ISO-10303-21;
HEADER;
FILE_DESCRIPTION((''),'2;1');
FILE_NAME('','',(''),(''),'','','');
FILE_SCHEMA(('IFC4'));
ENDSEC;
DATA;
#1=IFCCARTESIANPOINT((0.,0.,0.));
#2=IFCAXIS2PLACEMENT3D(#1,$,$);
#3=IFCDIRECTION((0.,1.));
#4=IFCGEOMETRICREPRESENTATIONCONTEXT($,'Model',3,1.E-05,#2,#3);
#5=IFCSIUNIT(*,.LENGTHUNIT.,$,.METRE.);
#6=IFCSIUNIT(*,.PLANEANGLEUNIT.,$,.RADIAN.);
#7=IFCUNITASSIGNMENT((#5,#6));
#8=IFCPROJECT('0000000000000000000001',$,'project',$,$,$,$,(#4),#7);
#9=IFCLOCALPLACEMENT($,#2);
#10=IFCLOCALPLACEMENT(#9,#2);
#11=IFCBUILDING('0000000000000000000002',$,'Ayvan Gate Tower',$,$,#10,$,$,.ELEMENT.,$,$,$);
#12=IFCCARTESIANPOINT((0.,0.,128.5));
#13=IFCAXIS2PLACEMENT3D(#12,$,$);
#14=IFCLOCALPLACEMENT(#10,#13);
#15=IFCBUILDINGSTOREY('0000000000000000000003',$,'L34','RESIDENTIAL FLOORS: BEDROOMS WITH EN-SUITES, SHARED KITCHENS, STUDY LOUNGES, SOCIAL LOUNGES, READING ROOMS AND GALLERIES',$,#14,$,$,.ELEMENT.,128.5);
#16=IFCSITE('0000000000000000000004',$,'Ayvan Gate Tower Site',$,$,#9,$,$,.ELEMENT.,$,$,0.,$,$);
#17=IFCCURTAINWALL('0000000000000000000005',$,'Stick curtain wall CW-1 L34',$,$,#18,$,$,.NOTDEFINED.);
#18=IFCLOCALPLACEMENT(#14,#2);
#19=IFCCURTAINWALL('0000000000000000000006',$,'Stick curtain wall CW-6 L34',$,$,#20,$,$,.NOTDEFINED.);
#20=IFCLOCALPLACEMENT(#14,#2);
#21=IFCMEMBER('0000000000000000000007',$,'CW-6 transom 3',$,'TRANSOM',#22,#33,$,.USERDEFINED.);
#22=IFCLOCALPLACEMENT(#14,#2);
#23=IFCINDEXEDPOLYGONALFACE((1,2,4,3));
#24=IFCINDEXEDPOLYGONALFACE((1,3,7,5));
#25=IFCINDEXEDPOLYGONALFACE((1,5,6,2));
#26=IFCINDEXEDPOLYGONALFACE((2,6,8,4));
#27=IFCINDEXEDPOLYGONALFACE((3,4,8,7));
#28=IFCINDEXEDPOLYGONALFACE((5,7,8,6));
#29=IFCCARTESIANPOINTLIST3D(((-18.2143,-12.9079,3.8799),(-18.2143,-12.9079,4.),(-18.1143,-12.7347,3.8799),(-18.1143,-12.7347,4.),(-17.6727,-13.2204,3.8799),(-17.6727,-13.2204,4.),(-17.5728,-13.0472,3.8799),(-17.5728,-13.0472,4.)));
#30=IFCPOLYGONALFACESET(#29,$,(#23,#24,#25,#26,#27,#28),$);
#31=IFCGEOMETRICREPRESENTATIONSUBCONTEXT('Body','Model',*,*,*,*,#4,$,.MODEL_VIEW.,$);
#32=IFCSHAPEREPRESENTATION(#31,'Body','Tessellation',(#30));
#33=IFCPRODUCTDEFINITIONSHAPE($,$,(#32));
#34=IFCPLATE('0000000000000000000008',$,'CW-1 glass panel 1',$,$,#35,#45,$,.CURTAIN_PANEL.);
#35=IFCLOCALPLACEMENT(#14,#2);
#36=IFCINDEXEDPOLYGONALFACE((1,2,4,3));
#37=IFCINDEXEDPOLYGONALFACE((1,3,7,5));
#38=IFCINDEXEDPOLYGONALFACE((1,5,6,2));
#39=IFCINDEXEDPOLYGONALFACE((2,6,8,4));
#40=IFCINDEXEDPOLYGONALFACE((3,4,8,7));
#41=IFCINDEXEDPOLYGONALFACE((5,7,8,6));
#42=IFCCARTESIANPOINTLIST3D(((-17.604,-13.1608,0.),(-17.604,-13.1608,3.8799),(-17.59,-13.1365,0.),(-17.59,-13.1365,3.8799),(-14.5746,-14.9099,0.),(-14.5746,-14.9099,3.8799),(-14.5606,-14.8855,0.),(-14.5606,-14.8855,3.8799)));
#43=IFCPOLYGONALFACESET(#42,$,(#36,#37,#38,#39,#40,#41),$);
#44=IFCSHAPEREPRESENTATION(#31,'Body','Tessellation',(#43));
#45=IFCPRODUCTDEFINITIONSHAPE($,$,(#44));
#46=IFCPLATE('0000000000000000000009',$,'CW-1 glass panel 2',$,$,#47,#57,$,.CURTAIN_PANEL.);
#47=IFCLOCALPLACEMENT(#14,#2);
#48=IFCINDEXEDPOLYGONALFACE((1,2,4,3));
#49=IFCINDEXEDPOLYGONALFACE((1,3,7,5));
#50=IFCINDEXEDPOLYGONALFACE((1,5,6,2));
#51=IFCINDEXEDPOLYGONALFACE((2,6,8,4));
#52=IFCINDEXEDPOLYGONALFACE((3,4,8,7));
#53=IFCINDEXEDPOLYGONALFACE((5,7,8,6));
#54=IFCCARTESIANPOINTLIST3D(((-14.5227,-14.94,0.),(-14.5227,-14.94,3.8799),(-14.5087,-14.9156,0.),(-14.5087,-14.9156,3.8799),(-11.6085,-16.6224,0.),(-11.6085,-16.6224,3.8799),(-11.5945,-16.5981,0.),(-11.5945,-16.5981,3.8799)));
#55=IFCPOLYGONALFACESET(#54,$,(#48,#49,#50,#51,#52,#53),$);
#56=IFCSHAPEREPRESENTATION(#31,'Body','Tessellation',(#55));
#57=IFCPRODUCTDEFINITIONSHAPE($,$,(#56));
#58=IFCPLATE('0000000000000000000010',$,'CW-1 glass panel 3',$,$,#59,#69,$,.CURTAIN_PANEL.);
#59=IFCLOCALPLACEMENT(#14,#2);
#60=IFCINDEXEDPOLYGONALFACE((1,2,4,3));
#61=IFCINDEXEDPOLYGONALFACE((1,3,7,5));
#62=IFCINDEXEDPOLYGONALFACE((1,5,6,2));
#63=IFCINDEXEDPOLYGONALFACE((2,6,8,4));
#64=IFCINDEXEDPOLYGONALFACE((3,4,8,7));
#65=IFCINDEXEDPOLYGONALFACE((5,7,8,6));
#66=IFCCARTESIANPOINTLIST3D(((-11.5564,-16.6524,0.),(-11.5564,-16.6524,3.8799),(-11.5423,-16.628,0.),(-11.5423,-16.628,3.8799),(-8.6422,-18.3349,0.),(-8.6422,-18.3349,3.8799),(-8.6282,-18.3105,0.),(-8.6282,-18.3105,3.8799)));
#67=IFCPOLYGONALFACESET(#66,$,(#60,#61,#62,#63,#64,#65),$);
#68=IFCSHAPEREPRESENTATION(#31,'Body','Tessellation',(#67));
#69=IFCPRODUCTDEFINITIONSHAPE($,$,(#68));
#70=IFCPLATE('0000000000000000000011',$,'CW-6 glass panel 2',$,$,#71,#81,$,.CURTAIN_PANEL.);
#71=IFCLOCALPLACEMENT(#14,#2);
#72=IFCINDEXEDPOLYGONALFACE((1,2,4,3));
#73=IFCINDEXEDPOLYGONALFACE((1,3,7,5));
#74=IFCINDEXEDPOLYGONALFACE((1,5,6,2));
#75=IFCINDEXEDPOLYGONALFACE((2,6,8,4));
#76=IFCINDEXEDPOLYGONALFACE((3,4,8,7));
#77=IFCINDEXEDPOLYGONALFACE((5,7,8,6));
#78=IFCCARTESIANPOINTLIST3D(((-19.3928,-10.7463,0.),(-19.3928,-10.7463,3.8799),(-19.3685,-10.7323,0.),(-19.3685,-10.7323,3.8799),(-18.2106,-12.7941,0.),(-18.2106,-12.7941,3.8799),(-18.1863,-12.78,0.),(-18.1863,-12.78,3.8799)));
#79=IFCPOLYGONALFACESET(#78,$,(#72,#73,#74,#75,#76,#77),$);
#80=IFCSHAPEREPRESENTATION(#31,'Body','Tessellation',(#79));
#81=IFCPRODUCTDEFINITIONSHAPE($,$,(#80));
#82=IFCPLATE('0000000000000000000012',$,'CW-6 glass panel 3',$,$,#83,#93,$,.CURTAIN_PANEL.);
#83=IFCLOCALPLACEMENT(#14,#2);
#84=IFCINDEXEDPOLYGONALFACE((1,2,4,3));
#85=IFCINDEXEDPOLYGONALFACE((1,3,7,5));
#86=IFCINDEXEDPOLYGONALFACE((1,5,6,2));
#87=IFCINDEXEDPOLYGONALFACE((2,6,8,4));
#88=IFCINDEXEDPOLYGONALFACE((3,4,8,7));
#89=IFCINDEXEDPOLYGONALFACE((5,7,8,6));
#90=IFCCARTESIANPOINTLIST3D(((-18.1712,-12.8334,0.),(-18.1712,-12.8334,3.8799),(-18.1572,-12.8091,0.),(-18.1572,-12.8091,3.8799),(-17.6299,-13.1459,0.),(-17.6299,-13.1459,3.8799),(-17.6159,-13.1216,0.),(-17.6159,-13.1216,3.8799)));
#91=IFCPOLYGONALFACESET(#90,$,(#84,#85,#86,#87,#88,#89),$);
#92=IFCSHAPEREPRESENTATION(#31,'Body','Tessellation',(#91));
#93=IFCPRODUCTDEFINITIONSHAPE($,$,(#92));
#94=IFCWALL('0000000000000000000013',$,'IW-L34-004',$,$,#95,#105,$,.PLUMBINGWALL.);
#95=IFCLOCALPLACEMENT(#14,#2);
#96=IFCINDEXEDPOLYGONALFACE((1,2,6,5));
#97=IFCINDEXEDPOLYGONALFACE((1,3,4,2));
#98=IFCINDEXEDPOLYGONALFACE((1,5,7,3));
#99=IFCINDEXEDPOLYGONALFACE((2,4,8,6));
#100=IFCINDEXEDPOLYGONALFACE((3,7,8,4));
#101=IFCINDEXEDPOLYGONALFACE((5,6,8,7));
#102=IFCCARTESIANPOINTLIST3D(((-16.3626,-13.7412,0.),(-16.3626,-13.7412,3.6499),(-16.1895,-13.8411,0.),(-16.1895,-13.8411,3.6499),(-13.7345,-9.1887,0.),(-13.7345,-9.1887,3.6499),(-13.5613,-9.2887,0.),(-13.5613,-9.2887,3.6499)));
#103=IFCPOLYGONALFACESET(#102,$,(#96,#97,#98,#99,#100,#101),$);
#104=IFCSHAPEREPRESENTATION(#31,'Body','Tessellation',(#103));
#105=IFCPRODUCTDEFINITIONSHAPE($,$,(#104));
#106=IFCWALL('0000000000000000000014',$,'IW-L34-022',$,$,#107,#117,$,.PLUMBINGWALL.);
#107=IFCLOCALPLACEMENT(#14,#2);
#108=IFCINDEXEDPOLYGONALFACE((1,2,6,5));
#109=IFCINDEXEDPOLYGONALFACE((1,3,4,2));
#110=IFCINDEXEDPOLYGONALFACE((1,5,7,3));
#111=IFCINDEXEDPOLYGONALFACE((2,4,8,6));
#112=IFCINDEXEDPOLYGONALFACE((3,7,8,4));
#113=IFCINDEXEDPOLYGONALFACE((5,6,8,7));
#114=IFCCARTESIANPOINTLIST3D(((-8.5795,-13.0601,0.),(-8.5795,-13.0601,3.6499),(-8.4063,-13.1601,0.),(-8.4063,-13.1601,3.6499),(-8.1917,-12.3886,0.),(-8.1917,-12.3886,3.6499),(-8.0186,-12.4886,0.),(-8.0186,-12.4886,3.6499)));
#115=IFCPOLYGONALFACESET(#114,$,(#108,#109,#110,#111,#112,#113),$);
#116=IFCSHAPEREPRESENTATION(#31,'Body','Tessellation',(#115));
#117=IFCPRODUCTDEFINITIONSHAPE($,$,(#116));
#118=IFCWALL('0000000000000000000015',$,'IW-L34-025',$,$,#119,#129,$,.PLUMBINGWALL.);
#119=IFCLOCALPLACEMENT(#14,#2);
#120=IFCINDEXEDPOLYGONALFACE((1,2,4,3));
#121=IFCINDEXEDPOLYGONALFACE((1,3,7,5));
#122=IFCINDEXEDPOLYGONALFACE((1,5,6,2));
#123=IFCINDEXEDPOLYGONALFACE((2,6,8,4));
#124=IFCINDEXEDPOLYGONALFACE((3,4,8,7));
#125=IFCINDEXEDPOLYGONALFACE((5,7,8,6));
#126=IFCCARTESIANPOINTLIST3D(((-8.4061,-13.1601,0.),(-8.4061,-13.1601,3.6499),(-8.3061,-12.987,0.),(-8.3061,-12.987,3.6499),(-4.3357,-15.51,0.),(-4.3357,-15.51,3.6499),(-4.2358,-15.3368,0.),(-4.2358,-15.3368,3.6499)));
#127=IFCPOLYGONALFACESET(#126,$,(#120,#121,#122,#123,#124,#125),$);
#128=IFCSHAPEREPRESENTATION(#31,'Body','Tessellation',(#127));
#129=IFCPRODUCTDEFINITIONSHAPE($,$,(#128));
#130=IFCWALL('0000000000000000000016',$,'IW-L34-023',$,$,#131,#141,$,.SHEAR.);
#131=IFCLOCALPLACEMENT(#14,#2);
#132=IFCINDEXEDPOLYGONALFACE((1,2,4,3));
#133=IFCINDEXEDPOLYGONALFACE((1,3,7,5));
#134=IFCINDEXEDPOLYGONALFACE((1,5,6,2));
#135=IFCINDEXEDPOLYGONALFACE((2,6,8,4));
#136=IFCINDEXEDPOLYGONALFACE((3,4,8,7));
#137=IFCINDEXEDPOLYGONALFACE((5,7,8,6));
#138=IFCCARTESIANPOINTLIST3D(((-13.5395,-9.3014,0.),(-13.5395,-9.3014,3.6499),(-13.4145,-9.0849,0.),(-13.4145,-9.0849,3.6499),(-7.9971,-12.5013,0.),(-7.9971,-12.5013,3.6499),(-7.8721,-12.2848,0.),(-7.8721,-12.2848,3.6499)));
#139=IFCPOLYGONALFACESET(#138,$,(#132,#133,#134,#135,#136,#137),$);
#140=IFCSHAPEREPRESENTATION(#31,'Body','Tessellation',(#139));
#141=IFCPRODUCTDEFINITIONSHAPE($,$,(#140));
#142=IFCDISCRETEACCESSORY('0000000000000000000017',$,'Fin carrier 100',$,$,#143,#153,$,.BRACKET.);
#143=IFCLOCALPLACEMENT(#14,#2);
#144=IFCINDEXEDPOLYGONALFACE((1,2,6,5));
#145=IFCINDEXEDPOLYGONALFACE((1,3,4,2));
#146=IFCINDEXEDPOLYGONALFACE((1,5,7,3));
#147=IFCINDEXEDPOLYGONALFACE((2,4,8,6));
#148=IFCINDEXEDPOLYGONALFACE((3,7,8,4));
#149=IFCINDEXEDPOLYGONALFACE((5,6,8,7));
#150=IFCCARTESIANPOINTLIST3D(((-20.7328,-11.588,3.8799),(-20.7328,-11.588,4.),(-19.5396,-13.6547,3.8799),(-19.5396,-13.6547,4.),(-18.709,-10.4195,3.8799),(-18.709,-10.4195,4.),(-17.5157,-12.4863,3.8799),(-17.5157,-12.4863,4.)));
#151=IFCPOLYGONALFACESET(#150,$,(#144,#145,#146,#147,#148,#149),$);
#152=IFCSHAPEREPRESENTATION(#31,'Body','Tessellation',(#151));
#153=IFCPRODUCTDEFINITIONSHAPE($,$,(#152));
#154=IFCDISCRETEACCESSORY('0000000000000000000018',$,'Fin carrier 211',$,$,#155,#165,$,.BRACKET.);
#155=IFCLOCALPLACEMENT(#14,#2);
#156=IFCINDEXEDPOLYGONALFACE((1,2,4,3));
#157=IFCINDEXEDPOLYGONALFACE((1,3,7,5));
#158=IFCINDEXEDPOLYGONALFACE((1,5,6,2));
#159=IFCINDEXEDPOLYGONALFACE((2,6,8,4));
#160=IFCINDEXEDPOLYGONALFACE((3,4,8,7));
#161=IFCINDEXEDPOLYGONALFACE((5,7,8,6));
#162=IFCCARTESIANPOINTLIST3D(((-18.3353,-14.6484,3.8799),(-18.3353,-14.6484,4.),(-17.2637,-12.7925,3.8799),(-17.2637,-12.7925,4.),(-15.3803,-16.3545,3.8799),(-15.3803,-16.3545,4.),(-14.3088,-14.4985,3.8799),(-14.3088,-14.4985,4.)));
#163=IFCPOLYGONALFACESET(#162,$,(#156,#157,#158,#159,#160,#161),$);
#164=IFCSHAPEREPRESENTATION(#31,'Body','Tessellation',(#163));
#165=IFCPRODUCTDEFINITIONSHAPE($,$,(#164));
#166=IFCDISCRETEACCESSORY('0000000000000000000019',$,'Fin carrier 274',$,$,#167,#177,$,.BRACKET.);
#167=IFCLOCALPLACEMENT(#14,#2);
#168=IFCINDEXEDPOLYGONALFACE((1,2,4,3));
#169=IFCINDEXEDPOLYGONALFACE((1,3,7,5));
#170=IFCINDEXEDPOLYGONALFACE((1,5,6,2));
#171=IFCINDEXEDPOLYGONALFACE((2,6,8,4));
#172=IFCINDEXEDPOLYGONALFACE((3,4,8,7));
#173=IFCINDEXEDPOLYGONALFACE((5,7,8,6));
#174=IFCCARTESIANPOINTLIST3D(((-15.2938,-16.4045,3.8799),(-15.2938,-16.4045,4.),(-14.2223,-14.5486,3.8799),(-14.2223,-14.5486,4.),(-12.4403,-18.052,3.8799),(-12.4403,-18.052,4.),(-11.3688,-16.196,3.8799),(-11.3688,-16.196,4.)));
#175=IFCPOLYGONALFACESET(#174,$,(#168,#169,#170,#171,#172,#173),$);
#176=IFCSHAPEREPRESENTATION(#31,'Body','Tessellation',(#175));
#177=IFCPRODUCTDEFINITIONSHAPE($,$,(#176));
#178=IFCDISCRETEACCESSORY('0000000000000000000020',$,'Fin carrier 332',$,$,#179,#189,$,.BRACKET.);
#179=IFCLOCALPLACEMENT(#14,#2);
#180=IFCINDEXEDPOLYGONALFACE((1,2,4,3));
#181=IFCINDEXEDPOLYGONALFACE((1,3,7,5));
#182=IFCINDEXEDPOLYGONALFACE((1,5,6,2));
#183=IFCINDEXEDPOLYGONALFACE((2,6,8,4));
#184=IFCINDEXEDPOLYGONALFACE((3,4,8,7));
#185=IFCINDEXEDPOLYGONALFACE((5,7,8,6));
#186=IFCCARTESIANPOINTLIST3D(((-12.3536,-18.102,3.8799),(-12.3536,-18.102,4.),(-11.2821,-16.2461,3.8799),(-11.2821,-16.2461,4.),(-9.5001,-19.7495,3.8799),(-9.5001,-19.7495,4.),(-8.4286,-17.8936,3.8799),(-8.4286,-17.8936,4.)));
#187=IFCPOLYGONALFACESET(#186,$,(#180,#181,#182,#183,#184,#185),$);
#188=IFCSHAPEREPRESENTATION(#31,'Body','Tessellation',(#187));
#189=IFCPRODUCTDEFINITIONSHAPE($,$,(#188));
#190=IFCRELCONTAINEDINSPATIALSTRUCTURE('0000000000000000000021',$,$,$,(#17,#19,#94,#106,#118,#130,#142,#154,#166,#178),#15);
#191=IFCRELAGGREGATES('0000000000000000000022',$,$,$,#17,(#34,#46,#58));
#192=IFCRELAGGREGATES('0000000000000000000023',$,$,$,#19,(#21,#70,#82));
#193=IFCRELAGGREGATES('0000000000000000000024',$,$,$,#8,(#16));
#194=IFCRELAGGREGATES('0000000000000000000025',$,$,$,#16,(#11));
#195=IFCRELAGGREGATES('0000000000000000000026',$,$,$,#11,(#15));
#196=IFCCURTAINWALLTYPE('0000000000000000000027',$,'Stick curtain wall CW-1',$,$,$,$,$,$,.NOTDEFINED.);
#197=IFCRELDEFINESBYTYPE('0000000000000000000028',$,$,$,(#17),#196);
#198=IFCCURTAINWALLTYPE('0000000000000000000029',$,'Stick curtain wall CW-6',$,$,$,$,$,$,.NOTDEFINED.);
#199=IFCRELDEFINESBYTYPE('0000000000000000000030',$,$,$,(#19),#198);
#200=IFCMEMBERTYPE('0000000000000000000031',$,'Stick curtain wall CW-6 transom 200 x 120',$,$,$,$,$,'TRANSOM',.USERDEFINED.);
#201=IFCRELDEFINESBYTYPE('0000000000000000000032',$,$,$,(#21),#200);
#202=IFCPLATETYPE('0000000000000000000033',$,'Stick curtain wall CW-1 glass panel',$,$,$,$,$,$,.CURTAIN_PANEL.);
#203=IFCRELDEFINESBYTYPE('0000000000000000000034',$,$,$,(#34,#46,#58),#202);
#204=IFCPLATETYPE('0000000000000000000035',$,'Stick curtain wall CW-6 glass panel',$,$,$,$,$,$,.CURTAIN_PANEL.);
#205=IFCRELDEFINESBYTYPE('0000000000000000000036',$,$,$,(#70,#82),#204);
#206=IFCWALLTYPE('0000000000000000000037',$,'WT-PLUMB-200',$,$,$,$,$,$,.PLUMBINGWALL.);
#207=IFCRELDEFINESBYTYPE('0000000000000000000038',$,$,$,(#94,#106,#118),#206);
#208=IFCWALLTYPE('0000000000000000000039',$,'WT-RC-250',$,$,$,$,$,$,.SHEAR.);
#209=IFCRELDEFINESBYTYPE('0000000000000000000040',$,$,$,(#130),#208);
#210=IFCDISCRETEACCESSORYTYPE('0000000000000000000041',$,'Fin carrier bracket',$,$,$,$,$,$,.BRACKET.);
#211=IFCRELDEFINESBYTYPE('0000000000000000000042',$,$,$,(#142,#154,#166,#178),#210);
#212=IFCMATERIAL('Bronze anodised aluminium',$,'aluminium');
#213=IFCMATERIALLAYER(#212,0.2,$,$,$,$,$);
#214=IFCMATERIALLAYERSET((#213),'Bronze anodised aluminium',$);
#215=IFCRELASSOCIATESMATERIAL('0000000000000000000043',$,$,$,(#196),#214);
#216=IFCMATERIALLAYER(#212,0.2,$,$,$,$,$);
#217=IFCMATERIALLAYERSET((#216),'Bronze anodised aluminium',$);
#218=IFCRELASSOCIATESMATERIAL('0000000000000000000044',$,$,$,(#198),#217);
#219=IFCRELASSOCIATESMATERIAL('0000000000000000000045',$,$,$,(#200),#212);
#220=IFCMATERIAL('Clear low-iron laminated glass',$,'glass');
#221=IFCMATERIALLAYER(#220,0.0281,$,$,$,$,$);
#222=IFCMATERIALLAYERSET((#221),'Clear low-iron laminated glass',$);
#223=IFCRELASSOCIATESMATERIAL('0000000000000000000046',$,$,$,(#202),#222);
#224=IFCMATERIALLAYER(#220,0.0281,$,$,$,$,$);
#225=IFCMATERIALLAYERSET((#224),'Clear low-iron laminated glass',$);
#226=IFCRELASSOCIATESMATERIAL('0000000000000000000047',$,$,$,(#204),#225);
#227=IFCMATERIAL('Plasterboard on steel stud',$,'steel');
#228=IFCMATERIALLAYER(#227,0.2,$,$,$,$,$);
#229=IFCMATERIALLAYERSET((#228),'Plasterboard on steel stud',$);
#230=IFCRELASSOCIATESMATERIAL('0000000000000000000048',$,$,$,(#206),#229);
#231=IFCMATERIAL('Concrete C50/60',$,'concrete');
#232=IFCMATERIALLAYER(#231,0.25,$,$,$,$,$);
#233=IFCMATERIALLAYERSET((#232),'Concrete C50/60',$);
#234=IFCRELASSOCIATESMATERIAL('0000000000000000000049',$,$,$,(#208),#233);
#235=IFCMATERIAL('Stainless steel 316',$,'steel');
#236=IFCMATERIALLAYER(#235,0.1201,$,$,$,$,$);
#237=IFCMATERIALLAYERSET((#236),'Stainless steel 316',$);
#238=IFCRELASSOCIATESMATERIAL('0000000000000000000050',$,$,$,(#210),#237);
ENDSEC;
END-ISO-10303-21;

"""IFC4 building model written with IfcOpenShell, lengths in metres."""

from ifc_helpers import new_model, si_unit, direction, frame, frame_2d, origin, origin_2d, place, context, subcontext, project, spatial, rectangle, extrude, material, layer, layer_set, material_profile, profile_set, type_object, element, aggregate, save


model = new_model("IFC4")

# Units and contexts
model_context = context("Model", 3, precision=1e-05, world=origin(), true_north=direction((0.0, 1.0)))
body_context = subcontext(model_context, "Body", "Model", "MODEL_VIEW")
ifc_project = project(units=[si_unit("LENGTHUNIT", "METRE"), si_unit("PLANEANGLEUNIT", "RADIAN")], contexts=[model_context])

# Site, building, storey
site_placement = place(None, origin())
site = spatial("IfcSite", under=ifc_project, at=site_placement, Name="Ayvan Gate Tower Site", CompositionType="ELEMENT", RefElevation=0.0)
building_placement = place(site_placement, origin())
building = spatial("IfcBuilding", under=site, at=building_placement, Name="Ayvan Gate Tower", CompositionType="ELEMENT")
storey_placement = place(building_placement, frame((0.0, 0.0, 128.5)))
storey = spatial("IfcBuildingStorey", under=building, at=storey_placement, Name="L34", Description="RESIDENTIAL FLOORS: BEDROOMS WITH EN-SUITES, SHARED KITCHENS, STUDY LOUNGES, SOCIAL LOUNGES, READING ROOMS AND GALLERIES", CompositionType="ELEMENT", Elevation=128.5)

# Curtain walls, member
ifc_material_1 = material(Name="Bronze anodised aluminium", Category="aluminium")
ifc_layer_1 = layer(ifc_material_1, 0.2)
ifc_layer_set_1 = layer_set([ifc_layer_1], Name="Bronze anodised aluminium")
curtain_wall_type_1 = type_object("IfcCurtainWallType", Name="Stick curtain wall CW-1", PredefinedType="NOTDEFINED", material=ifc_layer_set_1)
curtain_wall_1_placement = place(storey_placement, origin())
curtain_wall_1 = element("IfcCurtainWall", 1, at=curtain_wall_1_placement, inside=storey, type_object=curtain_wall_type_1, Name="Stick curtain wall CW-1 L34", PredefinedType="NOTDEFINED")
ifc_layer_2 = layer(ifc_material_1, 0.2)
ifc_layer_set_2 = layer_set([ifc_layer_2], Name="Bronze anodised aluminium")
curtain_wall_type_2 = type_object("IfcCurtainWallType", Name="Stick curtain wall CW-6", PredefinedType="NOTDEFINED", material=ifc_layer_set_2)
curtain_wall_2_placement = place(storey_placement, origin())
curtain_wall_2 = element("IfcCurtainWall", 2, at=curtain_wall_2_placement, inside=storey, type_object=curtain_wall_type_2, Name="Stick curtain wall CW-6 L34", PredefinedType="NOTDEFINED")
ifc_material_profile_1 = material_profile(ifc_material_1, rectangle(XDim=0.2, YDim=0.1201, at=origin_2d()), Name="Stick curtain wall CW-6 transom 200 x 120")
ifc_profile_set_1 = profile_set([ifc_material_profile_1], Name="Bronze anodised aluminium")
member_type_1 = type_object("IfcMemberType", Name="Stick curtain wall CW-6 transom 200 x 120", ElementType="TRANSOM", PredefinedType="USERDEFINED", material=ifc_profile_set_1)
member_1_placement = place(storey_placement, frame((-18.1643, -12.8213, 3.9399), z_axis=(0.866121, -0.499835, 0.0), x_axis=(0.499835, 0.866121, 0.0)))
member_1 = element("IfcMember", 3, at=member_1_placement, type_object=member_type_1, Name="CW-6 transom 3", ObjectType="TRANSOM", PredefinedType="USERDEFINED", context=body_context, shape_type="SweptSolid", body=[
    extrude(rectangle(XDim=0.2, YDim=0.1201, at=origin_2d()), origin(), (0.0, 0.0, 1.0), 0.6252),
])

# Plates
ifc_material_2 = material(Name="Clear low-iron laminated glass", Category="glass")
ifc_layer_3 = layer(ifc_material_2, 0.0281)
ifc_layer_set_3 = layer_set([ifc_layer_3], Name="Clear low-iron laminated glass")
plate_type_1 = type_object("IfcPlateType", Name="Stick curtain wall CW-1 glass panel", PredefinedType="CURTAIN_PANEL", material=ifc_layer_set_3)
plate_1_placement = place(storey_placement, frame((-16.0823, -14.0232, 0.0), z_axis=(0.0, 0.0, 1.0), x_axis=(0.866025, -0.5, 0.0)))
plate_1 = element("IfcPlate", 4, at=plate_1_placement, type_object=plate_type_1, Name="CW-1 glass panel 1", PredefinedType="CURTAIN_PANEL", context=body_context, shape_type="SweptSolid", body=[
    extrude(rectangle(XDim=3.498, YDim=0.0281, at=origin_2d()), origin(), (0.0, 0.0, 1.0), 3.8799),
])
plate_2_placement = place(storey_placement, frame((-13.0586, -15.769, 0.0), z_axis=(0.0, 0.0, 1.0), x_axis=(0.866025, -0.5, 0.0)))
plate_2 = element("IfcPlate", 5, at=plate_2_placement, type_object=plate_type_1, Name="CW-1 glass panel 2", PredefinedType="CURTAIN_PANEL", context=body_context, shape_type="SweptSolid", body=[
    extrude(rectangle(XDim=3.365, YDim=0.0281, at=origin_2d()), origin(), (0.0, 0.0, 1.0), 3.8799),
])
plate_3_placement = place(storey_placement, frame((-10.0923, -17.4814, 0.0), z_axis=(0.0, 0.0, 1.0), x_axis=(0.866025, -0.5, 0.0)))
plate_3 = element("IfcPlate", 6, at=plate_3_placement, type_object=plate_type_1, Name="CW-1 glass panel 3", PredefinedType="CURTAIN_PANEL", context=body_context, shape_type="SweptSolid", body=[
    extrude(rectangle(XDim=3.365, YDim=0.0281, at=origin_2d()), origin(), (0.0, 0.0, 1.0), 3.8799),
])
aggregate(curtain_wall_1, [plate_1, plate_2, plate_3])
ifc_layer_4 = layer(ifc_material_2, 0.0281)
ifc_layer_set_4 = layer_set([ifc_layer_4], Name="Clear low-iron laminated glass")
plate_type_2 = type_object("IfcPlateType", Name="Stick curtain wall CW-6 glass panel", PredefinedType="CURTAIN_PANEL", material=ifc_layer_set_4)
plate_4_placement = place(storey_placement, frame((-18.7896, -11.7632, 0.0), z_axis=(0.0, 0.0, 1.0), x_axis=(0.5, -0.866025, 0.0)))
plate_4 = element("IfcPlate", 7, at=plate_4_placement, type_object=plate_type_2, Name="CW-6 glass panel 2", PredefinedType="CURTAIN_PANEL", context=body_context, shape_type="SweptSolid", body=[
    extrude(rectangle(XDim=2.3645, YDim=0.0281, at=origin_2d()), origin(), (0.0, 0.0, 1.0), 3.8799),
])
plate_5_placement = place(storey_placement, frame((-17.8936, -12.9775, 0.0), z_axis=(0.0, 0.0, 1.0), x_axis=(0.866025, -0.5, 0.0)))
plate_5 = element("IfcPlate", 8, at=plate_5_placement, type_object=plate_type_2, Name="CW-6 glass panel 3", PredefinedType="CURTAIN_PANEL", context=body_context, shape_type="SweptSolid", body=[
    extrude(rectangle(XDim=0.625, YDim=0.0281, at=origin_2d()), origin(), (0.0, 0.0, 1.0), 3.8799),
])
aggregate(curtain_wall_2, [member_1, plate_4, plate_5])

# Walls
ifc_material_3 = material(Name="Plasterboard on steel stud", Category="steel")
ifc_layer_5 = layer(ifc_material_3, 0.2)
ifc_layer_set_5 = layer_set([ifc_layer_5], Name="Plasterboard on steel stud")
wall_type_1 = type_object("IfcWallType", Name="WT-PLUMB-200", PredefinedType="PLUMBINGWALL", material=ifc_layer_set_5)
wall_1_placement = place(storey_placement, frame((-16.2761, -13.7913, 0.0), z_axis=(0.0, 0.0, 1.0), x_axis=(0.49997, 0.866043, 0.0)))
element("IfcWall", 9, at=wall_1_placement, inside=storey, type_object=wall_type_1, Name="IW-L34-004", PredefinedType="PLUMBINGWALL", context=body_context, shape_type="SweptSolid", body=[
    extrude(rectangle(XDim=5.2566, YDim=0.2, at=frame_2d((2.6284, 0.0))), origin(), (0.0, 0.0, 1.0), 3.6499),
])
wall_2_placement = place(storey_placement, frame((-8.4929, -13.1101, 0.0), z_axis=(0.0, 0.0, 1.0), x_axis=(0.500068, 0.865986, 0.0)))
element("IfcWall", 10, at=wall_2_placement, inside=storey, type_object=wall_type_1, Name="IW-L34-022", PredefinedType="PLUMBINGWALL", context=body_context, shape_type="SweptSolid", body=[
    extrude(rectangle(XDim=0.7754, YDim=0.2, at=frame_2d((0.3877, 0.0))), origin(), (0.0, 0.0, 1.0), 3.6499),
])
wall_3_placement = place(storey_placement, frame((-8.3562, -13.0735, 0.0), z_axis=(0.0, 0.0, 1.0), x_axis=(0.866039, -0.499977, 0.0)))
element("IfcWall", 11, at=wall_3_placement, inside=storey, type_object=wall_type_1, Name="IW-L34-025", PredefinedType="PLUMBINGWALL", context=body_context, shape_type="SweptSolid", body=[
    extrude(rectangle(XDim=4.7, YDim=0.2, at=frame_2d((2.3501, 0.0))), origin(), (0.0, 0.0, 1.0), 3.6499),
])
ifc_material_4 = material(Name="Concrete C50/60", Category="concrete")
ifc_layer_6 = layer(ifc_material_4, 0.25)
ifc_layer_set_6 = layer_set([ifc_layer_6], Name="Concrete C50/60")
wall_type_2 = type_object("IfcWallType", Name="WT-RC-250", PredefinedType="SHEAR", material=ifc_layer_set_6)
wall_4_placement = place(storey_placement, frame((-7.9346, -12.3931, 0.0), z_axis=(0.0, 0.0, 1.0), x_axis=(-0.866025, 0.5, 0.0)))
element("IfcWall", 12, at=wall_4_placement, inside=storey, type_object=wall_type_2, Name="IW-L34-023", PredefinedType="SHEAR", context=body_context, shape_type="SweptSolid", body=[
    extrude(rectangle(XDim=6.3999, YDim=0.25, at=frame_2d((3.2, 0.0))), origin(), (0.0, 0.0, 1.0), 3.6499),
])

# Discrete accessories
ifc_material_5 = material(Name="Stainless steel 316", Category="steel")
ifc_layer_7 = layer(ifc_material_5, 0.1201)
ifc_layer_set_7 = layer_set([ifc_layer_7], Name="Stainless steel 316")
discrete_accessory_type = type_object("IfcDiscreteAccessoryType", Name="Fin carrier bracket", PredefinedType="BRACKET", material=ifc_layer_set_7)
discrete_accessory_1_placement = place(storey_placement, frame((-19.1243, -12.0371, 3.8799), z_axis=(0.0, 0.0, 1.0), x_axis=(0.5, -0.866025, 0.0)))
element("IfcDiscreteAccessory", 13, at=discrete_accessory_1_placement, inside=storey, type_object=discrete_accessory_type, Name="Fin carrier 100", PredefinedType="BRACKET", context=body_context, shape_type="SweptSolid", body=[
    extrude(rectangle(XDim=2.3865, YDim=2.3369, at=origin_2d()), origin(), (0.0, 0.0, 1.0), 0.1201),
])
discrete_accessory_2_placement = place(storey_placement, frame((-16.322, -14.5735, 3.8799), z_axis=(0.0, 0.0, 1.0), x_axis=(0.866025, -0.5, 0.0)))
element("IfcDiscreteAccessory", 14, at=discrete_accessory_2_placement, inside=storey, type_object=discrete_accessory_type, Name="Fin carrier 211", PredefinedType="BRACKET", context=body_context, shape_type="SweptSolid", body=[
    extrude(rectangle(XDim=3.4121, YDim=2.1431, at=origin_2d()), origin(), (0.0, 0.0, 1.0), 0.1201),
])
for number, where, z_axis, x_axis, name in (
    (15, (-13.3313, -16.3003, 3.8799), (0.0, 0.0, 1.0), (0.866025, -0.5, 0.0), "Fin carrier 274"),
    (16, (-10.3911, -17.9978, 3.8799), (0.0, 0.0, 1.0), (0.866025, -0.5, 0.0), "Fin carrier 332"),
):
    element("IfcDiscreteAccessory", number, at=place(storey_placement, frame(where, z_axis=z_axis, x_axis=x_axis)), inside=storey, type_object=discrete_accessory_type, Name=name, PredefinedType="BRACKET", context=body_context, shape_type="SweptSolid", body=[
        extrude(rectangle(XDim=3.2949, YDim=2.1431, at=origin_2d()), origin(), (0.0, 0.0, 1.0), 0.1201),
    ])

save(model, "model.ifc")
